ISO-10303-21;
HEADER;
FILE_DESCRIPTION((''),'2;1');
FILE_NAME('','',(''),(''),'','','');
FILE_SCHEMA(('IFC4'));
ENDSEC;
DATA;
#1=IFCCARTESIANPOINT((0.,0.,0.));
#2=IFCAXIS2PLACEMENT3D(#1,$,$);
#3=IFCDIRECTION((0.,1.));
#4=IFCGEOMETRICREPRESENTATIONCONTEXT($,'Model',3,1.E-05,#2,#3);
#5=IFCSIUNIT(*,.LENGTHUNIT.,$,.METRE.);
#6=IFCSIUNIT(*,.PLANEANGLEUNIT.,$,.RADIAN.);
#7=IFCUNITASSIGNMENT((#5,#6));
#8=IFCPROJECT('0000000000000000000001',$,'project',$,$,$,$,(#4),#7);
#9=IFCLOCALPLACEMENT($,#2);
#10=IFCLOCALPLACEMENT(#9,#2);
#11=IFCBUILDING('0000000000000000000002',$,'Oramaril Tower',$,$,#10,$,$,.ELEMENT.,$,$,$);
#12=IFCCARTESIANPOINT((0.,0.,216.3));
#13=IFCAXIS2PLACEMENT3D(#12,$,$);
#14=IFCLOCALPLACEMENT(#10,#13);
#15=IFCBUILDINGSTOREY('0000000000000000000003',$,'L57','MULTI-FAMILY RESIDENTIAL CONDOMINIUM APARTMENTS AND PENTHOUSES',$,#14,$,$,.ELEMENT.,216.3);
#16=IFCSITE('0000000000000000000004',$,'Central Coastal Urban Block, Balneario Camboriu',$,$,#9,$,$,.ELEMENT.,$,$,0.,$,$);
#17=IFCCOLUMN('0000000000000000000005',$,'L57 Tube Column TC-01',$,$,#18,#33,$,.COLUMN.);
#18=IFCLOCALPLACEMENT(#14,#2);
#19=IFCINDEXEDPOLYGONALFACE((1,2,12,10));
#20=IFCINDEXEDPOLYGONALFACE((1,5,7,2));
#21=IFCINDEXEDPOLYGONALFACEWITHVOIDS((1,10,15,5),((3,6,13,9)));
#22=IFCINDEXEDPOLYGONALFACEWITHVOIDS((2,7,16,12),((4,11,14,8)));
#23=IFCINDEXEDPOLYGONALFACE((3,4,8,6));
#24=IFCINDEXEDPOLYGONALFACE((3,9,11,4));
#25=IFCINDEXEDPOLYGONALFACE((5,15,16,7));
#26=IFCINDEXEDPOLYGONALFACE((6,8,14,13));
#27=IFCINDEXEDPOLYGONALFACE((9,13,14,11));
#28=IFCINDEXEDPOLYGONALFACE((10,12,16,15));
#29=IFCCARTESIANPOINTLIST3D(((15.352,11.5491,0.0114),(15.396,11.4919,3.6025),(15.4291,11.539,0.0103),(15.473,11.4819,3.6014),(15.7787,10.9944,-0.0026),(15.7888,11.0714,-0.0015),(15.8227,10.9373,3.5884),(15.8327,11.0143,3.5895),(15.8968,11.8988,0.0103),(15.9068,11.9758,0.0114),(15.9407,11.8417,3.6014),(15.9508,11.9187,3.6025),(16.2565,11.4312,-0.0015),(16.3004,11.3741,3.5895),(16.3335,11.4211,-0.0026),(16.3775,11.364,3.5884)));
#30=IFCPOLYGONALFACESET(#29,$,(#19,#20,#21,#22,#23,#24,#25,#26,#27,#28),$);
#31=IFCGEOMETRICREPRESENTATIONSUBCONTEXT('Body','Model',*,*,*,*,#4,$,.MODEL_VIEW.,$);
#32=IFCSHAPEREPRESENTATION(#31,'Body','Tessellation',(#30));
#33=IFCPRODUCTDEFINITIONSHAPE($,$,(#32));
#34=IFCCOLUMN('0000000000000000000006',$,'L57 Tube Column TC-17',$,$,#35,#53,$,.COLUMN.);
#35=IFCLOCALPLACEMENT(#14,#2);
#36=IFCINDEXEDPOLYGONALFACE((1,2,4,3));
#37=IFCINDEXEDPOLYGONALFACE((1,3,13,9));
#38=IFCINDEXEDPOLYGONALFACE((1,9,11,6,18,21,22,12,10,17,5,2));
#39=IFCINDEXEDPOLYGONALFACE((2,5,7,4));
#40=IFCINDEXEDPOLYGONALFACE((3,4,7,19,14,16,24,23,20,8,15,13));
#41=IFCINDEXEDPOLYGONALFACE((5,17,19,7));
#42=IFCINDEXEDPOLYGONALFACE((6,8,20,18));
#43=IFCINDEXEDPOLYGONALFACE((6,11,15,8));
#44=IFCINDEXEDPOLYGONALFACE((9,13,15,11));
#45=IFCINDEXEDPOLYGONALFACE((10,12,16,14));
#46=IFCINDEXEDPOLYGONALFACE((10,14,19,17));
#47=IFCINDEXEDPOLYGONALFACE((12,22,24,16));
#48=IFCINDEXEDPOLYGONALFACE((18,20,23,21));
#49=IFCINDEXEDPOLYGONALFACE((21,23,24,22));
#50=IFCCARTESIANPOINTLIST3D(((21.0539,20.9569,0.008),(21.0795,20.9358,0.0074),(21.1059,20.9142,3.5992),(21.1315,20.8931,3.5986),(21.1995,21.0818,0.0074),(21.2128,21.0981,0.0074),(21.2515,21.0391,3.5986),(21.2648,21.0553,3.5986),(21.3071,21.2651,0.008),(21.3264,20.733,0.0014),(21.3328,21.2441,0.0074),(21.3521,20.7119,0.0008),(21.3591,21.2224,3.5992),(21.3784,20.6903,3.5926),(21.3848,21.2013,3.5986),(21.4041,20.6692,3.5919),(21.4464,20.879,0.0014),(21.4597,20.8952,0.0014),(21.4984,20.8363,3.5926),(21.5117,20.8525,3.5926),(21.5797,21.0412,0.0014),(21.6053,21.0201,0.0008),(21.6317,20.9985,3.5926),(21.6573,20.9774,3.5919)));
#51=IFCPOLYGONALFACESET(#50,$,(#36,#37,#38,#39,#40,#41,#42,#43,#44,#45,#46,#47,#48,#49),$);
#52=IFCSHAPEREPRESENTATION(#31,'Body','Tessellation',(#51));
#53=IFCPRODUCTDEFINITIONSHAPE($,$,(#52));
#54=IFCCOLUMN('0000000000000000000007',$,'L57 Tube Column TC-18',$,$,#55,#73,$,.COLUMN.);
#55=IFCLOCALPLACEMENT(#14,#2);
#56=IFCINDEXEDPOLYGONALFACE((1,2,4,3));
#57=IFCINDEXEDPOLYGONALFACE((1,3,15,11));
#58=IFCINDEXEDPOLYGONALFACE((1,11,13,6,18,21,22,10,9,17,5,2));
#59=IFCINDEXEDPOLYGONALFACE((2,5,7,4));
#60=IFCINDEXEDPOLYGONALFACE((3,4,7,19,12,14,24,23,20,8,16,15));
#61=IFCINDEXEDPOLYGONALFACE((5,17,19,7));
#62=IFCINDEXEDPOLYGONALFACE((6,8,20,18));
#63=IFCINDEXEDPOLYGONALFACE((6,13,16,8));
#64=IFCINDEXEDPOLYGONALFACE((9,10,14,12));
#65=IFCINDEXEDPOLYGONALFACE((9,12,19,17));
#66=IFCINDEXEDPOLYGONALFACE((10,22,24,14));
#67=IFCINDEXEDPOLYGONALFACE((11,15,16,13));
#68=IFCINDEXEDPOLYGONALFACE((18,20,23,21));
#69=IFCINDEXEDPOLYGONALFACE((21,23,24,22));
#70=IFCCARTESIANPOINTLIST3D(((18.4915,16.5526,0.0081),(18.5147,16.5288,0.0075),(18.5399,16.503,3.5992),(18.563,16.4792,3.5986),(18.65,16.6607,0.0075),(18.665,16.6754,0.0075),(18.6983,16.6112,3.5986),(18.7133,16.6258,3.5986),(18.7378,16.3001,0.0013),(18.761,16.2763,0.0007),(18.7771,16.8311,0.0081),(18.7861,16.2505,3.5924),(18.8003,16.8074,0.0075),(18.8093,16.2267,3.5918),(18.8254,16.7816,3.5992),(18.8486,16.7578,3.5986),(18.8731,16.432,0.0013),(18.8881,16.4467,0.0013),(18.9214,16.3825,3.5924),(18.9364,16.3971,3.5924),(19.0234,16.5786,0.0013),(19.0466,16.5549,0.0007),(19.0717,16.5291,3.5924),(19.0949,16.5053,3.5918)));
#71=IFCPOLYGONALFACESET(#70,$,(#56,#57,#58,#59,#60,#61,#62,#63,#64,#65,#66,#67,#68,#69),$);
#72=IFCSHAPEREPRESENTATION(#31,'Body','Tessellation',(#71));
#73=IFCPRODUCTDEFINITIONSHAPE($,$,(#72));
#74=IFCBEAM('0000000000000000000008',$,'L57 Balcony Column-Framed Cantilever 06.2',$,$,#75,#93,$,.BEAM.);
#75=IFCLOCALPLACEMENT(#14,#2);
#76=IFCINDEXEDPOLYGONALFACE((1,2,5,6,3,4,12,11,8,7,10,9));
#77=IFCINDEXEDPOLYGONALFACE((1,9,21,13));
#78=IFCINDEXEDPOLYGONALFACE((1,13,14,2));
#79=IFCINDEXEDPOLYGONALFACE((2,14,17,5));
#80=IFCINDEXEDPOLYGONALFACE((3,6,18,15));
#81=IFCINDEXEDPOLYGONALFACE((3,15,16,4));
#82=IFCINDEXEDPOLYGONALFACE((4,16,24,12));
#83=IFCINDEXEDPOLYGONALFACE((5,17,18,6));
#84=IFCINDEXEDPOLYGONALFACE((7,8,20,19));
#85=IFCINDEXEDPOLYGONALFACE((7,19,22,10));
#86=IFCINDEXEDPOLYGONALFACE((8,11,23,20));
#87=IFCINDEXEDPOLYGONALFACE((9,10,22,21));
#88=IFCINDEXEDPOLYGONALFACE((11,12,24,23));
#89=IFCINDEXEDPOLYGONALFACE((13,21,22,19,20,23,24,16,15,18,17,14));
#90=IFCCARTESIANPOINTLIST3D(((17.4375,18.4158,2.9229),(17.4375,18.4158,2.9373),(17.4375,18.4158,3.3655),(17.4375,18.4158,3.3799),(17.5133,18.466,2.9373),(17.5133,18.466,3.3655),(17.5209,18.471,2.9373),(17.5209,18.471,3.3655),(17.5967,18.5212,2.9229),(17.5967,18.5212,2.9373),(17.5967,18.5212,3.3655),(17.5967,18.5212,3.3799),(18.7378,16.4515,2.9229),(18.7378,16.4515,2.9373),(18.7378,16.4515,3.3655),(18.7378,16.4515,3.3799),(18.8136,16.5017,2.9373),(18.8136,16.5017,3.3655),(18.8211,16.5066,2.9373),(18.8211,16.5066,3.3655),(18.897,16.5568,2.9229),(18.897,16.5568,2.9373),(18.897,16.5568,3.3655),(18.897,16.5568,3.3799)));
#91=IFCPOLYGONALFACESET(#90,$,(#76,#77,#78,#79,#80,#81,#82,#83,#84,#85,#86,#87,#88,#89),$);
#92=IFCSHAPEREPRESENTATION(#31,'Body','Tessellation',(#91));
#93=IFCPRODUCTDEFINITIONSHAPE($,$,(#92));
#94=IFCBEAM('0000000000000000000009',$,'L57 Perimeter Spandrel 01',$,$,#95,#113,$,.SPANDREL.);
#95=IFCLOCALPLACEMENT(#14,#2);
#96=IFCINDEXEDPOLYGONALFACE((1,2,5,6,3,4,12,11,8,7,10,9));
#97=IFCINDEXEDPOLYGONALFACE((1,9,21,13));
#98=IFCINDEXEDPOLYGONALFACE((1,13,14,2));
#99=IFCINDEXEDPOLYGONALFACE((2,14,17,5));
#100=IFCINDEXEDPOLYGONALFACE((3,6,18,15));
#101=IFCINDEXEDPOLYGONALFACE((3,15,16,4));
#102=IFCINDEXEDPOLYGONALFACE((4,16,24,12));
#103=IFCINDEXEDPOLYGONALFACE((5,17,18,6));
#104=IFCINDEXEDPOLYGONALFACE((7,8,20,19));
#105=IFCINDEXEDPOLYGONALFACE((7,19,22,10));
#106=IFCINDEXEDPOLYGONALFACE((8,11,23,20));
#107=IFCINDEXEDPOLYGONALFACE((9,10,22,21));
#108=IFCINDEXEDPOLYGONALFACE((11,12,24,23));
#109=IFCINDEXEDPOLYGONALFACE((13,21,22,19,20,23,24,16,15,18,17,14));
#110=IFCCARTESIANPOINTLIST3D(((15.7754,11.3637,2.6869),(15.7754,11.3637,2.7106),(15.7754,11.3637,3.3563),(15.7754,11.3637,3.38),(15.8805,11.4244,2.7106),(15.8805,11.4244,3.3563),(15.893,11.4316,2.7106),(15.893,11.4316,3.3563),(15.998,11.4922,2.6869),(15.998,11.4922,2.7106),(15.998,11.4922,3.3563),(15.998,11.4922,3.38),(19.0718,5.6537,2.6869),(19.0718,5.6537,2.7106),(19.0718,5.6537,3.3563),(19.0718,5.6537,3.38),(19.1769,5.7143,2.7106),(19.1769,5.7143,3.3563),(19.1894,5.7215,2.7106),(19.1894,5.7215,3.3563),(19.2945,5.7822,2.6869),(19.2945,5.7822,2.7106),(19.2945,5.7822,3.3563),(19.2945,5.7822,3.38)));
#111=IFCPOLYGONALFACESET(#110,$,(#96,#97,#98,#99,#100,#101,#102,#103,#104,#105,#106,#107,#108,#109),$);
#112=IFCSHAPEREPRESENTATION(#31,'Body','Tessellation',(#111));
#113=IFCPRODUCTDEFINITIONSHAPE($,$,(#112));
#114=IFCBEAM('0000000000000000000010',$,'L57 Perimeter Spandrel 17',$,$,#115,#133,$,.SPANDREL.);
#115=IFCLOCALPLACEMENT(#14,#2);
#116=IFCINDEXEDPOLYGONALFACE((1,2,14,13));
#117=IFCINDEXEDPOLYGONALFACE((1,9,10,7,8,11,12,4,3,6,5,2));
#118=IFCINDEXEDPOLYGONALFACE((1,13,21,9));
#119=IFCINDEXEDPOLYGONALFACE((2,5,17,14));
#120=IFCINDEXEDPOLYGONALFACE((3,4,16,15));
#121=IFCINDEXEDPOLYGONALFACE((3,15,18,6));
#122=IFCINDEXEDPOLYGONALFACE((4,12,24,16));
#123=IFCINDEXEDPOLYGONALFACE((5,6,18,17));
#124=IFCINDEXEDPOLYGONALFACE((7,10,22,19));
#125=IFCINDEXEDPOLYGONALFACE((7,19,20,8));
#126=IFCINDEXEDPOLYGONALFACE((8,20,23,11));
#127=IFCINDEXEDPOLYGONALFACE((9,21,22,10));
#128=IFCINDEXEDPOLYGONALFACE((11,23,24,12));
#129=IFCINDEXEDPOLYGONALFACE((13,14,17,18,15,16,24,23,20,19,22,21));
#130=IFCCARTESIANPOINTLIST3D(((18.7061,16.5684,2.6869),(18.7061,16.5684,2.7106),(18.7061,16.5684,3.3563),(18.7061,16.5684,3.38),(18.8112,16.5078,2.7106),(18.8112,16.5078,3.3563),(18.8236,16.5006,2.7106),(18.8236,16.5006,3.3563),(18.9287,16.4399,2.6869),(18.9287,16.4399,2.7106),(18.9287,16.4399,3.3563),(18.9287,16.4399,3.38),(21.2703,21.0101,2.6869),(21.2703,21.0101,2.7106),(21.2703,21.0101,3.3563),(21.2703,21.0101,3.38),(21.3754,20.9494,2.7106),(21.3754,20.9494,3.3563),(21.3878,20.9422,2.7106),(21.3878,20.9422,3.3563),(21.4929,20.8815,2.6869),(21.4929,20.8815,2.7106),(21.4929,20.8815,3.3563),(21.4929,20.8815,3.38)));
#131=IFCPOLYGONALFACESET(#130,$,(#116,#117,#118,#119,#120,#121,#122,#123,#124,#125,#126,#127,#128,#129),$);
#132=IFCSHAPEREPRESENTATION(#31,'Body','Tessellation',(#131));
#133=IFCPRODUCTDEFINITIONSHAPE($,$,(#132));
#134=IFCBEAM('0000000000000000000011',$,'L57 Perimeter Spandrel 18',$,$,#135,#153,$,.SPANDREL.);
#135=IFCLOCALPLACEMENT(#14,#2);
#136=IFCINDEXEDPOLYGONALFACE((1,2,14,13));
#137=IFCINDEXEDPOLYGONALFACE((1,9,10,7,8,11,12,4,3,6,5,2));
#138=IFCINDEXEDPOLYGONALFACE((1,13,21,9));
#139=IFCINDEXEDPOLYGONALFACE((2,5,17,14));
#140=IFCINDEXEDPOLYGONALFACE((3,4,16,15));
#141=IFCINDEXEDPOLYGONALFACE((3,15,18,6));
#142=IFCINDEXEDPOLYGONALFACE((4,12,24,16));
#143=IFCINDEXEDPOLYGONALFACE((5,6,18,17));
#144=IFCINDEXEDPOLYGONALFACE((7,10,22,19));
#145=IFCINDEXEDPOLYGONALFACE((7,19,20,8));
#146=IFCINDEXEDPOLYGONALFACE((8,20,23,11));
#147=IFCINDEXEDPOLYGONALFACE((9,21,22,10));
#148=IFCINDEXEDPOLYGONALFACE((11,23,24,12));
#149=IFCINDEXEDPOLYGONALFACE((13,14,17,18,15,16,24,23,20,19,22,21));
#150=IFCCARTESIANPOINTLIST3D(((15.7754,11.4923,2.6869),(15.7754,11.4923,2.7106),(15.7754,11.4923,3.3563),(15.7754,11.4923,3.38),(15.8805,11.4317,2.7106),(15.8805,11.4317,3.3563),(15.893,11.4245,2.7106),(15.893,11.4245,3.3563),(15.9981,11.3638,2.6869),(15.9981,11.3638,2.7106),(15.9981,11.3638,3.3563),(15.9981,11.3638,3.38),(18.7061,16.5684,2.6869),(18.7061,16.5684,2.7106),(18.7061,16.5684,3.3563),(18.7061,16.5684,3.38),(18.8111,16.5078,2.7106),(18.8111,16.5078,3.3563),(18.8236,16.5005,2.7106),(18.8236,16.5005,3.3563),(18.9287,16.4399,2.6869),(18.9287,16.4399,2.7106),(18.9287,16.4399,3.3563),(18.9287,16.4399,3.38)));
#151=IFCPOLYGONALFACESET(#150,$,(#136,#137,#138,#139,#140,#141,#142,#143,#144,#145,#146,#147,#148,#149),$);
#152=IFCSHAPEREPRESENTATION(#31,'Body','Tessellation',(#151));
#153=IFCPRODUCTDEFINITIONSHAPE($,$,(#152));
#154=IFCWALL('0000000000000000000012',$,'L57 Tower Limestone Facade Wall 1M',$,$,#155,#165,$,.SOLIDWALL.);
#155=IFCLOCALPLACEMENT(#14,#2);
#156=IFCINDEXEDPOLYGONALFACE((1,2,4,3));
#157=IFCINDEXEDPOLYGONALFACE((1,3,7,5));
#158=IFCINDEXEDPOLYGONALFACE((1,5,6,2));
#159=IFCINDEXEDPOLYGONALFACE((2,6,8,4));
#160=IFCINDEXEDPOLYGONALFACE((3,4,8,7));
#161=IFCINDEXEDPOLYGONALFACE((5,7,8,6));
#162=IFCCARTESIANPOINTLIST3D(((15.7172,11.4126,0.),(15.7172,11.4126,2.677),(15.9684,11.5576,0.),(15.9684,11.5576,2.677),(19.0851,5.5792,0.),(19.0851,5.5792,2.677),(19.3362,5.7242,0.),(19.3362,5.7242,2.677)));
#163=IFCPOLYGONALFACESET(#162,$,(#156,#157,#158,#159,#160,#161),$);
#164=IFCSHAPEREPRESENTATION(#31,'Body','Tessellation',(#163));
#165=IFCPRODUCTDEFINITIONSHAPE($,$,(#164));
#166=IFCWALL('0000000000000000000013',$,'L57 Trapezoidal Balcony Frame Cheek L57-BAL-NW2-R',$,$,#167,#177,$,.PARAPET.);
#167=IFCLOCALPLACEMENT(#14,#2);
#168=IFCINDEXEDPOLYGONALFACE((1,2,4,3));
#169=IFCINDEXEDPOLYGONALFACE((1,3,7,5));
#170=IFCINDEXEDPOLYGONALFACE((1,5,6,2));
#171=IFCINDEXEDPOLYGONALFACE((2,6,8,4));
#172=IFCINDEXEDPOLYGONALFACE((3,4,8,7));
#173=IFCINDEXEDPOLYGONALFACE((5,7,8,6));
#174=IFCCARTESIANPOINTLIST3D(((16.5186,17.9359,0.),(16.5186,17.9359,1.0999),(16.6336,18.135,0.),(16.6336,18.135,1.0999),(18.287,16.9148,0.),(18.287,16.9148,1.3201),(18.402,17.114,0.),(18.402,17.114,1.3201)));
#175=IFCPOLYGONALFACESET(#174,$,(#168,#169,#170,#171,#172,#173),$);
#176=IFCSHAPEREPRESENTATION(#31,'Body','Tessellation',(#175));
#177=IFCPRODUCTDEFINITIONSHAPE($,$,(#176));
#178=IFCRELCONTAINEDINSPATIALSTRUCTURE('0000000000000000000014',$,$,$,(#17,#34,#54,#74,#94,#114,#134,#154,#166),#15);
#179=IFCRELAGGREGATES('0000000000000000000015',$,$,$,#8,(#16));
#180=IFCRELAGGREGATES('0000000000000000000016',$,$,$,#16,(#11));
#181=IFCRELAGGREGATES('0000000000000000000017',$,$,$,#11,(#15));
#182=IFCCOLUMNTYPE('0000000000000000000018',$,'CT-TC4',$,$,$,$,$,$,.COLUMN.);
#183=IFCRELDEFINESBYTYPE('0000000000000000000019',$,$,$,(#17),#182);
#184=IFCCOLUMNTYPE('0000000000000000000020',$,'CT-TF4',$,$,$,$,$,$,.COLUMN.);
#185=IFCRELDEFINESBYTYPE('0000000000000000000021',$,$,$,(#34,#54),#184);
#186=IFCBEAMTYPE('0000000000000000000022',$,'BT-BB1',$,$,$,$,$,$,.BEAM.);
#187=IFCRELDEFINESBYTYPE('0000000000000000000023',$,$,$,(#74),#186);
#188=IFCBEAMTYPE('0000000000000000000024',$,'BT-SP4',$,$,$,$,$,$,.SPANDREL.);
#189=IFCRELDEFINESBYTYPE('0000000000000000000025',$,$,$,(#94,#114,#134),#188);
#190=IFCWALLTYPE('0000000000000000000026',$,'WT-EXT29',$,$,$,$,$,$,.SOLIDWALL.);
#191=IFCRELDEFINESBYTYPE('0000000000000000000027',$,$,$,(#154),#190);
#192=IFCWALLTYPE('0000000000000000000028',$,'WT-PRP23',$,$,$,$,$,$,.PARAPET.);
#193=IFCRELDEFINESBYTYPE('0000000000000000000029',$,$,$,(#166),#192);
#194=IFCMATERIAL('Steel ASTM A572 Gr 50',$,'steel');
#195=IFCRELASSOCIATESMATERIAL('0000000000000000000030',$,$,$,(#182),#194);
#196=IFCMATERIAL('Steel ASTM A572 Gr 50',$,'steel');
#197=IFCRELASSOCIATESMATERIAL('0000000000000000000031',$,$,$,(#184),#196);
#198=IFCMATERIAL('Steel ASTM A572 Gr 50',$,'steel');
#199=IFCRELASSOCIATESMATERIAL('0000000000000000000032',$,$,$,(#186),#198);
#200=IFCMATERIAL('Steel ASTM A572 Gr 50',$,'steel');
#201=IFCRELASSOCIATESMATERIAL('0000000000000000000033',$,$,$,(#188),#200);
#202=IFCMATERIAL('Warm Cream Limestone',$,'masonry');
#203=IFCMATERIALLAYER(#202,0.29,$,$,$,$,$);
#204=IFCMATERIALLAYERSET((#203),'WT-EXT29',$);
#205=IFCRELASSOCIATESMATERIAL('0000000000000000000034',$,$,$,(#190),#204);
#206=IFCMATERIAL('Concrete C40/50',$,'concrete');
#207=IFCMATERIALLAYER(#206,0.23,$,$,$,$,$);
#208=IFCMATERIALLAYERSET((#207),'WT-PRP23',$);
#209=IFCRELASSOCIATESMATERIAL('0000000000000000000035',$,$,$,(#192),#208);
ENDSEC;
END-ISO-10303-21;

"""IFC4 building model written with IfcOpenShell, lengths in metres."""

from ifc_helpers import new_model, si_unit, direction, frame, frame_2d, origin, origin_2d, place, context, subcontext, project, spatial, polyline, rectangle, hollow_rectangle, i_section, outline, extrude, material, layer, layer_set, material_profile, profile_set, type_object, element, save


model = new_model("IFC4")

# Units and contexts
model_context = context("Model", 3, precision=1e-05, world=origin(), true_north=direction((0.0, 1.0)))
body_context = subcontext(model_context, "Body", "Model", "MODEL_VIEW")
ifc_project = project(units=[si_unit("LENGTHUNIT", "METRE"), si_unit("PLANEANGLEUNIT", "RADIAN")], contexts=[model_context])

# Site, building, storey
site_placement = place(None, origin())
site = spatial("IfcSite", under=ifc_project, at=site_placement, Name="Central Coastal Urban Block, Balneario Camboriu", CompositionType="ELEMENT", RefElevation=0.0)
building_placement = place(site_placement, origin())
building = spatial("IfcBuilding", under=site, at=building_placement, Name="Oramaril Tower", CompositionType="ELEMENT")
storey_placement = place(building_placement, frame((0.0, 0.0, 216.3)))
storey = spatial("IfcBuildingStorey", under=building, at=storey_placement, Name="L57", Description="MULTI-FAMILY RESIDENTIAL CONDOMINIUM APARTMENTS AND PENTHOUSES", CompositionType="ELEMENT", Elevation=216.3)

# Columns
ifc_material_1 = material(Name="Steel ASTM A572 Gr 50", Category="steel")
ifc_material_profile_1 = material_profile(ifc_material_1, hollow_rectangle(XDim=0.7, YDim=0.7, WallThickness=0.0549, at=origin_2d()), Name="BOX700X700X55")
ifc_profile_set_1 = profile_set([ifc_material_profile_1], Name="Steel ASTM A572 Gr 50")
column_type_1 = type_object("IfcColumnType", Name="CT-TC4", PredefinedType="COLUMN", material=ifc_profile_set_1)
column_placement = place(storey_placement, frame((15.8428, 11.4851, 0.0044), z_axis=(0.012235, -0.015905, 0.999799), x_axis=(0.792624, 0.609711, 0.0)))
element("IfcColumn", 1, at=column_placement, inside=storey, type_object=column_type_1, Name="L57 Tube Column TC-01", PredefinedType="COLUMN", context=body_context, shape_type="SweptSolid", body=[
    extrude(hollow_rectangle(XDim=0.7, YDim=0.7, WallThickness=0.0549, at=origin_2d()), origin(), (0.0, 0.0, 1.0), 3.5918),
])
ifc_material_2 = material(Name="Steel ASTM A572 Gr 50", Category="steel")
ifc_material_profile_2 = material_profile(ifc_material_2, i_section(OverallWidth=0.3989, OverallDepth=0.386, WebThickness=0.021, FlangeThickness=0.0332, at=origin_2d()), Name="W14X176")
ifc_profile_set_2 = profile_set([ifc_material_profile_2], Name="Steel ASTM A572 Gr 50")
column_type_2 = type_object("IfcColumnType", Name="CT-TF4", PredefinedType="COLUMN", material=ifc_profile_set_2)
for number, where, z_axis, x_axis, name in (
    (2, (21.3296, 20.9885, 0.0044), (0.014478, -0.011895, 0.999824), (0.634817, 0.772663, 0.0), "L57 Tube Column TC-17"),
    (3, (18.769, 16.5537, 0.0044), (0.013459, -0.013799, 0.999814), (0.715868, 0.698236, 0.0), "L57 Tube Column TC-18"),
):
    element("IfcColumn", number, at=place(storey_placement, frame(where, z_axis=z_axis, x_axis=x_axis)), inside=storey, type_object=column_type_2, Name=name, PredefinedType="COLUMN", context=body_context, shape_type="SweptSolid", body=[
        extrude(i_section(OverallWidth=0.3989, OverallDepth=0.386, WebThickness=0.021, FlangeThickness=0.0332, at=origin_2d()), origin(), (0.0, 0.0, 1.0), 3.5918),
    ])

# Beams
ifc_material_3 = material(Name="Steel ASTM A572 Gr 50", Category="steel")
ifc_material_profile_3 = material_profile(ifc_material_3, i_section(OverallWidth=0.1909, OverallDepth=0.457, WebThickness=0.009, FlangeThickness=0.0144, at=origin_2d()), Name="W18X50")
ifc_profile_set_3 = profile_set([ifc_material_profile_3], Name="Steel ASTM A572 Gr 50")
beam_type_1 = type_object("IfcBeamType", Name="BT-BB1", PredefinedType="BEAM", material=ifc_profile_set_3)
beam_1_placement = place(storey_placement, frame((18.8174, 16.5042, 3.1514), z_axis=(-0.551971, 0.833863, 0.0), x_axis=(-0.833863, -0.551971, 0.0)))
element("IfcBeam", 4, at=beam_1_placement, inside=storey, type_object=beam_type_1, Name="L57 Balcony Column-Framed Cantilever 06.2", PredefinedType="BEAM", context=body_context, shape_type="SweptSolid", body=[
    extrude(i_section(OverallWidth=0.1909, OverallDepth=0.457, WebThickness=0.009, FlangeThickness=0.0144, at=origin_2d()), origin(), (0.0, 0.0, 1.0), 2.3557),
])
ifc_material_4 = material(Name="Steel ASTM A572 Gr 50", Category="steel")
ifc_material_profile_4 = material_profile(ifc_material_4, i_section(OverallWidth=0.2571, OverallDepth=0.6931, WebThickness=0.0144, FlangeThickness=0.0237, at=origin_2d()), Name="W27X114")
ifc_profile_set_4 = profile_set([ifc_material_profile_4], Name="Steel ASTM A572 Gr 50")
beam_type_2 = type_object("IfcBeamType", Name="BT-SP4", PredefinedType="SPANDREL", material=ifc_profile_set_4)
beam_2_placement = place(storey_placement, frame((15.8867, 11.428, 3.0334), z_axis=(0.49997, -0.866043, 0.0), x_axis=(0.866043, 0.49997, 0.0)))
element("IfcBeam", 5, at=beam_2_placement, inside=storey, type_object=beam_type_2, Name="L57 Perimeter Spandrel 01", PredefinedType="SPANDREL", context=body_context, shape_type="SweptSolid", body=[
    extrude(i_section(OverallWidth=0.2571, OverallDepth=0.6931, WebThickness=0.0144, FlangeThickness=0.0237, at=origin_2d()), origin(), (0.0, 0.0, 1.0), 6.5933),
])
beam_3_placement = place(storey_placement, frame((21.3816, 20.9458, 3.0334), z_axis=(-0.499974, -0.866041, 0.0), x_axis=(0.866041, -0.499974, 0.0)))
element("IfcBeam", 6, at=beam_3_placement, inside=storey, type_object=beam_type_2, Name="L57 Perimeter Spandrel 17", PredefinedType="SPANDREL", context=body_context, shape_type="SweptSolid", body=[
    extrude(i_section(OverallWidth=0.2571, OverallDepth=0.6931, WebThickness=0.0144, FlangeThickness=0.0237, at=origin_2d()), origin(), (0.0, 0.0, 1.0), 5.1287),
])
beam_4_placement = place(storey_placement, frame((18.8174, 16.5042, 3.0334), z_axis=(-0.499992, -0.86603, 0.0), x_axis=(0.86603, -0.499992, 0.0)))
element("IfcBeam", 7, at=beam_4_placement, inside=storey, type_object=beam_type_2, Name="L57 Perimeter Spandrel 18", PredefinedType="SPANDREL", context=body_context, shape_type="SweptSolid", body=[
    extrude(i_section(OverallWidth=0.2571, OverallDepth=0.6931, WebThickness=0.0144, FlangeThickness=0.0237, at=origin_2d()), origin(), (0.0, 0.0, 1.0), 5.8613),
])

# Walls
ifc_material_5 = material(Name="Warm Cream Limestone", Category="masonry")
ifc_layer_1 = layer(ifc_material_5, 0.29)
ifc_layer_set_1 = layer_set([ifc_layer_1], Name="WT-EXT29")
wall_type_1 = type_object("IfcWallType", Name="WT-EXT29", PredefinedType="SOLIDWALL", material=ifc_layer_set_1)
wall_1_placement = place(storey_placement, frame((15.8428, 11.4851, 0.0), z_axis=(0.0, 0.0, 1.0), x_axis=(0.499994, -0.866029, 0.0)))
element("IfcWall", 8, at=wall_1_placement, inside=storey, type_object=wall_type_1, Name="L57 Tower Limestone Facade Wall 1M", PredefinedType="SOLIDWALL", context=body_context, shape_type="SweptSolid", body=[
    extrude(rectangle(XDim=6.7358, YDim=0.29, at=frame_2d((3.3679, 0.0))), origin(), (0.0, 0.0, 1.0), 2.677),
])
ifc_material_6 = material(Name="Concrete C40/50", Category="concrete")
ifc_layer_2 = layer(ifc_material_6, 0.23)
ifc_layer_set_2 = layer_set([ifc_layer_2], Name="WT-PRP23")
wall_type_2 = type_object("IfcWallType", Name="WT-PRP23", PredefinedType="PARAPET", material=ifc_layer_set_2)
wall_2_placement = place(storey_placement, frame((18.3445, 17.0144, 0.0), z_axis=(0.0, 0.0, 1.0), x_axis=(-0.866012, 0.500023, 0.0)))
element("IfcWall", 9, at=wall_2_placement, inside=storey, type_object=wall_type_2, Name="L57 Trapezoidal Balcony Frame Cheek L57-BAL-NW2-R", PredefinedType="PARAPET", context=body_context, shape_type="SweptSolid", body=[
    extrude(outline(polyline([(0.0, 0.0), (2.042, 0.0), (2.042, 1.0999), (0.0, 1.3201), (0.0, 0.0)])), frame((0.0, 0.115, 0.0), z_axis=(0.0, -1.0, 0.0), x_axis=(1.0, 0.0, 0.0)), (0.0, 0.0, 1.0), 0.23),
])

save(model, "model.ifc")
